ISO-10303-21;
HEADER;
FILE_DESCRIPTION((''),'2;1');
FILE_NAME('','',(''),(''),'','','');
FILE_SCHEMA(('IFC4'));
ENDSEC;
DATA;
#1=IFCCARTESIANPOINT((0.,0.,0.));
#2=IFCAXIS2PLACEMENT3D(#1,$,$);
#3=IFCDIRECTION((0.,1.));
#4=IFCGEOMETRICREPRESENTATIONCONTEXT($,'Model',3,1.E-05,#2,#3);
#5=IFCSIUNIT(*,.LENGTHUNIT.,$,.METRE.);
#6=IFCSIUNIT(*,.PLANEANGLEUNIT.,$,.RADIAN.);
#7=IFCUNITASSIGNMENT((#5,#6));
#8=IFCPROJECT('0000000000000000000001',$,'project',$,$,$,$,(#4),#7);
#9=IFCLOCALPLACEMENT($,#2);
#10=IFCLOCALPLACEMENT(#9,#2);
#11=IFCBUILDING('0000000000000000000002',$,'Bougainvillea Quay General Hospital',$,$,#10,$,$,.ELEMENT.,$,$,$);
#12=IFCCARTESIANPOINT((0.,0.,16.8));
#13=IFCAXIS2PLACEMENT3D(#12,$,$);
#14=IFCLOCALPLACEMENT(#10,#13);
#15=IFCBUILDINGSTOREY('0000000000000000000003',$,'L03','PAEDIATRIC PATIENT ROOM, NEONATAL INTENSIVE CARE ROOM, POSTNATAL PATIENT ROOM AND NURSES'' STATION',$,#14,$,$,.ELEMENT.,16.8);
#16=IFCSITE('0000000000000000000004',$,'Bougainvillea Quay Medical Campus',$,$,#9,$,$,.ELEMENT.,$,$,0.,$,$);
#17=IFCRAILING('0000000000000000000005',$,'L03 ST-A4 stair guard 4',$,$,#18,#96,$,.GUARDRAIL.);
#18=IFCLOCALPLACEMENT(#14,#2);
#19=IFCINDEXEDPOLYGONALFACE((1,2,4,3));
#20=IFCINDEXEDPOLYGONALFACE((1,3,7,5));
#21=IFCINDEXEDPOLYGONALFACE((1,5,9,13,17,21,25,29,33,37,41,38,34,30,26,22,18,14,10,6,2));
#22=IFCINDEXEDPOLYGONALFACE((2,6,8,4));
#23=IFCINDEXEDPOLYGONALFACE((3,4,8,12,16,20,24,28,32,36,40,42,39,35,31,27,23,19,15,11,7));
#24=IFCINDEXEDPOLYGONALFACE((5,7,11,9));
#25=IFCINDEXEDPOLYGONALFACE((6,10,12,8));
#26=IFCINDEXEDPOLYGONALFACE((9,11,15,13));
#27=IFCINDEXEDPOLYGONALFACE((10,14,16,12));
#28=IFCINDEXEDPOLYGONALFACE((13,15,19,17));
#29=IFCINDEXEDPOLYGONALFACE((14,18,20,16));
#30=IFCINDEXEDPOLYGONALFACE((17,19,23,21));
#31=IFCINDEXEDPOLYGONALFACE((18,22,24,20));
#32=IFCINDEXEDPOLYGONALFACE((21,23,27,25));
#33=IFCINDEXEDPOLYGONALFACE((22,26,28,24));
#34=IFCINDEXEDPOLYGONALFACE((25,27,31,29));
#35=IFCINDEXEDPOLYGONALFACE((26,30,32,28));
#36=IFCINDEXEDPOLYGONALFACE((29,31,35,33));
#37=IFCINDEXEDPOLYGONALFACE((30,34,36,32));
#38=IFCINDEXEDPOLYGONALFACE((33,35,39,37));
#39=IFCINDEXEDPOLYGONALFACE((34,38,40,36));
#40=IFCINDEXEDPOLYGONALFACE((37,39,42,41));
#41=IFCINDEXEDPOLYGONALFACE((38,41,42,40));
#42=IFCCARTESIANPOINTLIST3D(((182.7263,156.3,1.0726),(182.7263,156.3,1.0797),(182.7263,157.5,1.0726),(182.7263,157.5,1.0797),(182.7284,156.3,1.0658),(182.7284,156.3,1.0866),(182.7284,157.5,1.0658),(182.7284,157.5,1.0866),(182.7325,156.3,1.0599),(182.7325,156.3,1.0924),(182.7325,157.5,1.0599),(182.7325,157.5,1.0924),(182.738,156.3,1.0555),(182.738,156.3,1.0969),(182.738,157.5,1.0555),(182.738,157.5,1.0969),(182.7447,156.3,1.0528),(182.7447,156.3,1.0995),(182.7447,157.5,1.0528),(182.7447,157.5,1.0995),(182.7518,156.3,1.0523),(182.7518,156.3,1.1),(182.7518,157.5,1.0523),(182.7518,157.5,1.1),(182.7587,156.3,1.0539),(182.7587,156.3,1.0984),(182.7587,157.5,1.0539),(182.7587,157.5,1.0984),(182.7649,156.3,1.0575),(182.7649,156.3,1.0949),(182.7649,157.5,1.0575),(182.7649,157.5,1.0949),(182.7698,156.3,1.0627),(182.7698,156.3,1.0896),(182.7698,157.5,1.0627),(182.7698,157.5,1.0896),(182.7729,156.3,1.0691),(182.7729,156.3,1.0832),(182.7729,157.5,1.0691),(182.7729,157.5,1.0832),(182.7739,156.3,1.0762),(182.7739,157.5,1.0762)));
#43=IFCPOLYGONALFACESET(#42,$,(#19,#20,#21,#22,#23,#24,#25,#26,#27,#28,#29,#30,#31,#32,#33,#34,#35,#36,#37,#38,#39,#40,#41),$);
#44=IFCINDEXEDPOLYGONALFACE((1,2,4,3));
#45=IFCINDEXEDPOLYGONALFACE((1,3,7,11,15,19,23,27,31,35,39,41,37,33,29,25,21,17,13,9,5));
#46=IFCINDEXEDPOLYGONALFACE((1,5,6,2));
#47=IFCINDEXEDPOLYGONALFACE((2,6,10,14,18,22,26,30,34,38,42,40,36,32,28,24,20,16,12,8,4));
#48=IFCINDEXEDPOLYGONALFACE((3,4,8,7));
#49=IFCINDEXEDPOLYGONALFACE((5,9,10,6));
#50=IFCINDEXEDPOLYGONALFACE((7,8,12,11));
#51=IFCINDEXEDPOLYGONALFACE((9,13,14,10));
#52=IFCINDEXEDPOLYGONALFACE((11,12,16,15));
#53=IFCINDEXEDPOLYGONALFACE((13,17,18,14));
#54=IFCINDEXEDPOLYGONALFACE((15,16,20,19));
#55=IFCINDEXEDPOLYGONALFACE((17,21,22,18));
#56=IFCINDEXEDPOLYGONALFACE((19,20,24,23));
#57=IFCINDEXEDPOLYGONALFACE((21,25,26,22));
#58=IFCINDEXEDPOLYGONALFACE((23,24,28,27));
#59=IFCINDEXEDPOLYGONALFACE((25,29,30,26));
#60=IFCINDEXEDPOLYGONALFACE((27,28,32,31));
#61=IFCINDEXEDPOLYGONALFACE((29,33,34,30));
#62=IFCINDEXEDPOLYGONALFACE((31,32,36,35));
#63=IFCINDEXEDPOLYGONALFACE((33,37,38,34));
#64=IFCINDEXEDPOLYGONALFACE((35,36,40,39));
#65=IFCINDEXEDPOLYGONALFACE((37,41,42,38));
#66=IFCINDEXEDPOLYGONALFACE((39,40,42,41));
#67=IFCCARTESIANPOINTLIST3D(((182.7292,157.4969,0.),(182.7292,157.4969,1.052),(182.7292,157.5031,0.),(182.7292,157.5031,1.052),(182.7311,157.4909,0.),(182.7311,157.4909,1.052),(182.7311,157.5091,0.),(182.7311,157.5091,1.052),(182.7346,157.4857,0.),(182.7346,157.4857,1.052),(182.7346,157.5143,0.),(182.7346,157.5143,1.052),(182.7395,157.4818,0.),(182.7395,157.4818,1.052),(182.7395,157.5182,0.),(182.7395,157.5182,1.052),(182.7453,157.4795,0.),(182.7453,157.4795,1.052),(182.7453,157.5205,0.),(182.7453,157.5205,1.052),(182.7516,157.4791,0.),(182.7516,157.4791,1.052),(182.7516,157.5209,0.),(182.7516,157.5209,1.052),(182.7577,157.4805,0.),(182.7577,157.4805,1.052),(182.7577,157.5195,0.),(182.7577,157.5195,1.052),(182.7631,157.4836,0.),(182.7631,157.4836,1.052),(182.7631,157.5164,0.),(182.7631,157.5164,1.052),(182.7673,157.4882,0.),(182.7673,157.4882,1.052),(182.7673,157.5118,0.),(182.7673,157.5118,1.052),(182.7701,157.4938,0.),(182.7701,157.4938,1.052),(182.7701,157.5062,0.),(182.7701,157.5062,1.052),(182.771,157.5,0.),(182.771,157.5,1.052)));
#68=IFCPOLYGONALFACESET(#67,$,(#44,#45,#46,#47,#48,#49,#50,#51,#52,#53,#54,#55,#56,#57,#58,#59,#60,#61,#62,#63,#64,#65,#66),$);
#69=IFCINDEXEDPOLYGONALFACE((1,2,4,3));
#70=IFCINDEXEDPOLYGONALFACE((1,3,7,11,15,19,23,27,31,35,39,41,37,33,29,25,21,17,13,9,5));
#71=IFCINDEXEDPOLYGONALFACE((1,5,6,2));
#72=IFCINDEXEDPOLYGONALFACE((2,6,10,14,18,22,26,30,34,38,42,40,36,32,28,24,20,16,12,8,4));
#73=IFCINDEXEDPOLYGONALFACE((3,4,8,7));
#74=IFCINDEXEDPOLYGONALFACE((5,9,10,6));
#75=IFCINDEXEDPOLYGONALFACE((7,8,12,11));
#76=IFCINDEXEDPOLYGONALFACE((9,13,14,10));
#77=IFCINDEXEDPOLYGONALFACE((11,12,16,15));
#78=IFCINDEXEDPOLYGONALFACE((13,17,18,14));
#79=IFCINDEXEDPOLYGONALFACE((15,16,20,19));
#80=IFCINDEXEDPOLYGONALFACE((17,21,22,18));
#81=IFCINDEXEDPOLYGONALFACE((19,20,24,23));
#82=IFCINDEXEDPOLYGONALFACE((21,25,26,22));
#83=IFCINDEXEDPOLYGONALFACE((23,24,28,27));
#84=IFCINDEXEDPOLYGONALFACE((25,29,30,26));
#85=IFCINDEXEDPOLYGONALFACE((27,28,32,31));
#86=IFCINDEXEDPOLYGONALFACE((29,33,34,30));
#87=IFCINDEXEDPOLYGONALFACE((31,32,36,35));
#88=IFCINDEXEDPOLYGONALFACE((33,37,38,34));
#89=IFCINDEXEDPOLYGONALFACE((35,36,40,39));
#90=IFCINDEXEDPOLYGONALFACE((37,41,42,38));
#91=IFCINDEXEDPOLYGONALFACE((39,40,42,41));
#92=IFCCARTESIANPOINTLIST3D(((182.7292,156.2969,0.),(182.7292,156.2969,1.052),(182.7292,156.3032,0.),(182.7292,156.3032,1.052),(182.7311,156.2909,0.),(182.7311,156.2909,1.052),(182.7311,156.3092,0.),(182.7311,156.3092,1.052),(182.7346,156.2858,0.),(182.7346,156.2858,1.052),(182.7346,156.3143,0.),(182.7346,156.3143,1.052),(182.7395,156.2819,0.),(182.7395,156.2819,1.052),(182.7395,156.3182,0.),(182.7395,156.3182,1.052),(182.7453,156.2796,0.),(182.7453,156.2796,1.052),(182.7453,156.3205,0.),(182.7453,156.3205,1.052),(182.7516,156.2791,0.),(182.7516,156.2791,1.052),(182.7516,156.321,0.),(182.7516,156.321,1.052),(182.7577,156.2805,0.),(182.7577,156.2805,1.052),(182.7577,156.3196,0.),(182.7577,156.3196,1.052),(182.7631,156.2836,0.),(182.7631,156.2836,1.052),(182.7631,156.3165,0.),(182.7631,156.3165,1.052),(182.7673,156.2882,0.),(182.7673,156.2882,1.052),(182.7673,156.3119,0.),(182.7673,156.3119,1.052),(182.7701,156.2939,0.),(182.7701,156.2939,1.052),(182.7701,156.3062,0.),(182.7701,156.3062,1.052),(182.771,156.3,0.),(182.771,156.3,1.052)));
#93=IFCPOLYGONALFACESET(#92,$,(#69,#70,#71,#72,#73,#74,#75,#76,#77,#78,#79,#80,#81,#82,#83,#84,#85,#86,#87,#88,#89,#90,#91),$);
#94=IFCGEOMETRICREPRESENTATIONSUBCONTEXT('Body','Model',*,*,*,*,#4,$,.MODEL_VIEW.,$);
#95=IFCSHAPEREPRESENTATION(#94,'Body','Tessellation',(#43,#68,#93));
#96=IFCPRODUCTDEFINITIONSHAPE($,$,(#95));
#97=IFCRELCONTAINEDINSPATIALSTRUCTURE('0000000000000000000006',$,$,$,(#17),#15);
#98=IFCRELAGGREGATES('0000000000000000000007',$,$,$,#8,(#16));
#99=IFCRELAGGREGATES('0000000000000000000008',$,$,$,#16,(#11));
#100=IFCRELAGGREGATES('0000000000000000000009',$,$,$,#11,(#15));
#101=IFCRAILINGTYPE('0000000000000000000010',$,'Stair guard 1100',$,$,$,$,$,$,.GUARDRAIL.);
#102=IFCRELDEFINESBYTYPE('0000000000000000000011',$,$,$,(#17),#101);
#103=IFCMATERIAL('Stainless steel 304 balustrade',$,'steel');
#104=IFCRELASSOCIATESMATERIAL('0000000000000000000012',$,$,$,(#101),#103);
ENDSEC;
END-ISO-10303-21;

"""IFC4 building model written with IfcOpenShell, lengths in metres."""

from ifc_helpers import new_model, si_unit, direction, frame, origin, origin_2d, place, context, subcontext, project, spatial, circle, extrude, material, type_object, element, save


model = new_model("IFC4")

# Units and contexts
model_context = context("Model", 3, precision=1e-05, world=origin(), true_north=direction((0.0, 1.0)))
body_context = subcontext(model_context, "Body", "Model", "MODEL_VIEW")
ifc_project = project(units=[si_unit("LENGTHUNIT", "METRE"), si_unit("PLANEANGLEUNIT", "RADIAN")], contexts=[model_context])

# Site, building, storey
site_placement = place(None, origin())
site = spatial("IfcSite", under=ifc_project, at=site_placement, Name="Bougainvillea Quay Medical Campus", CompositionType="ELEMENT", RefElevation=0.0)
building_placement = place(site_placement, origin())
building = spatial("IfcBuilding", under=site, at=building_placement, Name="Bougainvillea Quay General Hospital", CompositionType="ELEMENT")
storey_placement = place(building_placement, frame((0.0, 0.0, 16.8)))
storey = spatial("IfcBuildingStorey", under=building, at=storey_placement, Name="L03", Description="PAEDIATRIC PATIENT ROOM, NEONATAL INTENSIVE CARE ROOM, POSTNATAL PATIENT ROOM AND NURSES' STATION", CompositionType="ELEMENT", Elevation=16.8)

# Railing
ifc_material_1 = material(Name="Stainless steel 304 balustrade", Category="steel")
railing_type_1 = type_object("IfcRailingType", Name="Stair guard 1100", PredefinedType="GUARDRAIL", material=ifc_material_1)
railing_1_placement = place(storey_placement, frame((182.75, 157.5, 0.0)))
element("IfcRailing", 1, at=railing_1_placement, inside=storey, type_object=railing_type_1, Name="L03 ST-A4 stair guard 4", PredefinedType="GUARDRAIL", context=body_context, shape_type="SweptSolid", body=[
    extrude(circle(Radius=0.0239, at=origin_2d()), frame((0.0, 0.0, 1.0762), z_axis=(0.0, -1.0, 0.0), x_axis=(1.0, 0.0, 0.0)), (0.0, 0.0, 1.0), 1.2),
    extrude(circle(Radius=0.021, at=origin_2d()), origin(), (0.0, 0.0, 1.0), 1.052),
    extrude(circle(Radius=0.021, at=origin_2d()), frame((0.0, -1.2, 0.0)), (0.0, 0.0, 1.0), 1.052),
])

save(model, "model.ifc")
